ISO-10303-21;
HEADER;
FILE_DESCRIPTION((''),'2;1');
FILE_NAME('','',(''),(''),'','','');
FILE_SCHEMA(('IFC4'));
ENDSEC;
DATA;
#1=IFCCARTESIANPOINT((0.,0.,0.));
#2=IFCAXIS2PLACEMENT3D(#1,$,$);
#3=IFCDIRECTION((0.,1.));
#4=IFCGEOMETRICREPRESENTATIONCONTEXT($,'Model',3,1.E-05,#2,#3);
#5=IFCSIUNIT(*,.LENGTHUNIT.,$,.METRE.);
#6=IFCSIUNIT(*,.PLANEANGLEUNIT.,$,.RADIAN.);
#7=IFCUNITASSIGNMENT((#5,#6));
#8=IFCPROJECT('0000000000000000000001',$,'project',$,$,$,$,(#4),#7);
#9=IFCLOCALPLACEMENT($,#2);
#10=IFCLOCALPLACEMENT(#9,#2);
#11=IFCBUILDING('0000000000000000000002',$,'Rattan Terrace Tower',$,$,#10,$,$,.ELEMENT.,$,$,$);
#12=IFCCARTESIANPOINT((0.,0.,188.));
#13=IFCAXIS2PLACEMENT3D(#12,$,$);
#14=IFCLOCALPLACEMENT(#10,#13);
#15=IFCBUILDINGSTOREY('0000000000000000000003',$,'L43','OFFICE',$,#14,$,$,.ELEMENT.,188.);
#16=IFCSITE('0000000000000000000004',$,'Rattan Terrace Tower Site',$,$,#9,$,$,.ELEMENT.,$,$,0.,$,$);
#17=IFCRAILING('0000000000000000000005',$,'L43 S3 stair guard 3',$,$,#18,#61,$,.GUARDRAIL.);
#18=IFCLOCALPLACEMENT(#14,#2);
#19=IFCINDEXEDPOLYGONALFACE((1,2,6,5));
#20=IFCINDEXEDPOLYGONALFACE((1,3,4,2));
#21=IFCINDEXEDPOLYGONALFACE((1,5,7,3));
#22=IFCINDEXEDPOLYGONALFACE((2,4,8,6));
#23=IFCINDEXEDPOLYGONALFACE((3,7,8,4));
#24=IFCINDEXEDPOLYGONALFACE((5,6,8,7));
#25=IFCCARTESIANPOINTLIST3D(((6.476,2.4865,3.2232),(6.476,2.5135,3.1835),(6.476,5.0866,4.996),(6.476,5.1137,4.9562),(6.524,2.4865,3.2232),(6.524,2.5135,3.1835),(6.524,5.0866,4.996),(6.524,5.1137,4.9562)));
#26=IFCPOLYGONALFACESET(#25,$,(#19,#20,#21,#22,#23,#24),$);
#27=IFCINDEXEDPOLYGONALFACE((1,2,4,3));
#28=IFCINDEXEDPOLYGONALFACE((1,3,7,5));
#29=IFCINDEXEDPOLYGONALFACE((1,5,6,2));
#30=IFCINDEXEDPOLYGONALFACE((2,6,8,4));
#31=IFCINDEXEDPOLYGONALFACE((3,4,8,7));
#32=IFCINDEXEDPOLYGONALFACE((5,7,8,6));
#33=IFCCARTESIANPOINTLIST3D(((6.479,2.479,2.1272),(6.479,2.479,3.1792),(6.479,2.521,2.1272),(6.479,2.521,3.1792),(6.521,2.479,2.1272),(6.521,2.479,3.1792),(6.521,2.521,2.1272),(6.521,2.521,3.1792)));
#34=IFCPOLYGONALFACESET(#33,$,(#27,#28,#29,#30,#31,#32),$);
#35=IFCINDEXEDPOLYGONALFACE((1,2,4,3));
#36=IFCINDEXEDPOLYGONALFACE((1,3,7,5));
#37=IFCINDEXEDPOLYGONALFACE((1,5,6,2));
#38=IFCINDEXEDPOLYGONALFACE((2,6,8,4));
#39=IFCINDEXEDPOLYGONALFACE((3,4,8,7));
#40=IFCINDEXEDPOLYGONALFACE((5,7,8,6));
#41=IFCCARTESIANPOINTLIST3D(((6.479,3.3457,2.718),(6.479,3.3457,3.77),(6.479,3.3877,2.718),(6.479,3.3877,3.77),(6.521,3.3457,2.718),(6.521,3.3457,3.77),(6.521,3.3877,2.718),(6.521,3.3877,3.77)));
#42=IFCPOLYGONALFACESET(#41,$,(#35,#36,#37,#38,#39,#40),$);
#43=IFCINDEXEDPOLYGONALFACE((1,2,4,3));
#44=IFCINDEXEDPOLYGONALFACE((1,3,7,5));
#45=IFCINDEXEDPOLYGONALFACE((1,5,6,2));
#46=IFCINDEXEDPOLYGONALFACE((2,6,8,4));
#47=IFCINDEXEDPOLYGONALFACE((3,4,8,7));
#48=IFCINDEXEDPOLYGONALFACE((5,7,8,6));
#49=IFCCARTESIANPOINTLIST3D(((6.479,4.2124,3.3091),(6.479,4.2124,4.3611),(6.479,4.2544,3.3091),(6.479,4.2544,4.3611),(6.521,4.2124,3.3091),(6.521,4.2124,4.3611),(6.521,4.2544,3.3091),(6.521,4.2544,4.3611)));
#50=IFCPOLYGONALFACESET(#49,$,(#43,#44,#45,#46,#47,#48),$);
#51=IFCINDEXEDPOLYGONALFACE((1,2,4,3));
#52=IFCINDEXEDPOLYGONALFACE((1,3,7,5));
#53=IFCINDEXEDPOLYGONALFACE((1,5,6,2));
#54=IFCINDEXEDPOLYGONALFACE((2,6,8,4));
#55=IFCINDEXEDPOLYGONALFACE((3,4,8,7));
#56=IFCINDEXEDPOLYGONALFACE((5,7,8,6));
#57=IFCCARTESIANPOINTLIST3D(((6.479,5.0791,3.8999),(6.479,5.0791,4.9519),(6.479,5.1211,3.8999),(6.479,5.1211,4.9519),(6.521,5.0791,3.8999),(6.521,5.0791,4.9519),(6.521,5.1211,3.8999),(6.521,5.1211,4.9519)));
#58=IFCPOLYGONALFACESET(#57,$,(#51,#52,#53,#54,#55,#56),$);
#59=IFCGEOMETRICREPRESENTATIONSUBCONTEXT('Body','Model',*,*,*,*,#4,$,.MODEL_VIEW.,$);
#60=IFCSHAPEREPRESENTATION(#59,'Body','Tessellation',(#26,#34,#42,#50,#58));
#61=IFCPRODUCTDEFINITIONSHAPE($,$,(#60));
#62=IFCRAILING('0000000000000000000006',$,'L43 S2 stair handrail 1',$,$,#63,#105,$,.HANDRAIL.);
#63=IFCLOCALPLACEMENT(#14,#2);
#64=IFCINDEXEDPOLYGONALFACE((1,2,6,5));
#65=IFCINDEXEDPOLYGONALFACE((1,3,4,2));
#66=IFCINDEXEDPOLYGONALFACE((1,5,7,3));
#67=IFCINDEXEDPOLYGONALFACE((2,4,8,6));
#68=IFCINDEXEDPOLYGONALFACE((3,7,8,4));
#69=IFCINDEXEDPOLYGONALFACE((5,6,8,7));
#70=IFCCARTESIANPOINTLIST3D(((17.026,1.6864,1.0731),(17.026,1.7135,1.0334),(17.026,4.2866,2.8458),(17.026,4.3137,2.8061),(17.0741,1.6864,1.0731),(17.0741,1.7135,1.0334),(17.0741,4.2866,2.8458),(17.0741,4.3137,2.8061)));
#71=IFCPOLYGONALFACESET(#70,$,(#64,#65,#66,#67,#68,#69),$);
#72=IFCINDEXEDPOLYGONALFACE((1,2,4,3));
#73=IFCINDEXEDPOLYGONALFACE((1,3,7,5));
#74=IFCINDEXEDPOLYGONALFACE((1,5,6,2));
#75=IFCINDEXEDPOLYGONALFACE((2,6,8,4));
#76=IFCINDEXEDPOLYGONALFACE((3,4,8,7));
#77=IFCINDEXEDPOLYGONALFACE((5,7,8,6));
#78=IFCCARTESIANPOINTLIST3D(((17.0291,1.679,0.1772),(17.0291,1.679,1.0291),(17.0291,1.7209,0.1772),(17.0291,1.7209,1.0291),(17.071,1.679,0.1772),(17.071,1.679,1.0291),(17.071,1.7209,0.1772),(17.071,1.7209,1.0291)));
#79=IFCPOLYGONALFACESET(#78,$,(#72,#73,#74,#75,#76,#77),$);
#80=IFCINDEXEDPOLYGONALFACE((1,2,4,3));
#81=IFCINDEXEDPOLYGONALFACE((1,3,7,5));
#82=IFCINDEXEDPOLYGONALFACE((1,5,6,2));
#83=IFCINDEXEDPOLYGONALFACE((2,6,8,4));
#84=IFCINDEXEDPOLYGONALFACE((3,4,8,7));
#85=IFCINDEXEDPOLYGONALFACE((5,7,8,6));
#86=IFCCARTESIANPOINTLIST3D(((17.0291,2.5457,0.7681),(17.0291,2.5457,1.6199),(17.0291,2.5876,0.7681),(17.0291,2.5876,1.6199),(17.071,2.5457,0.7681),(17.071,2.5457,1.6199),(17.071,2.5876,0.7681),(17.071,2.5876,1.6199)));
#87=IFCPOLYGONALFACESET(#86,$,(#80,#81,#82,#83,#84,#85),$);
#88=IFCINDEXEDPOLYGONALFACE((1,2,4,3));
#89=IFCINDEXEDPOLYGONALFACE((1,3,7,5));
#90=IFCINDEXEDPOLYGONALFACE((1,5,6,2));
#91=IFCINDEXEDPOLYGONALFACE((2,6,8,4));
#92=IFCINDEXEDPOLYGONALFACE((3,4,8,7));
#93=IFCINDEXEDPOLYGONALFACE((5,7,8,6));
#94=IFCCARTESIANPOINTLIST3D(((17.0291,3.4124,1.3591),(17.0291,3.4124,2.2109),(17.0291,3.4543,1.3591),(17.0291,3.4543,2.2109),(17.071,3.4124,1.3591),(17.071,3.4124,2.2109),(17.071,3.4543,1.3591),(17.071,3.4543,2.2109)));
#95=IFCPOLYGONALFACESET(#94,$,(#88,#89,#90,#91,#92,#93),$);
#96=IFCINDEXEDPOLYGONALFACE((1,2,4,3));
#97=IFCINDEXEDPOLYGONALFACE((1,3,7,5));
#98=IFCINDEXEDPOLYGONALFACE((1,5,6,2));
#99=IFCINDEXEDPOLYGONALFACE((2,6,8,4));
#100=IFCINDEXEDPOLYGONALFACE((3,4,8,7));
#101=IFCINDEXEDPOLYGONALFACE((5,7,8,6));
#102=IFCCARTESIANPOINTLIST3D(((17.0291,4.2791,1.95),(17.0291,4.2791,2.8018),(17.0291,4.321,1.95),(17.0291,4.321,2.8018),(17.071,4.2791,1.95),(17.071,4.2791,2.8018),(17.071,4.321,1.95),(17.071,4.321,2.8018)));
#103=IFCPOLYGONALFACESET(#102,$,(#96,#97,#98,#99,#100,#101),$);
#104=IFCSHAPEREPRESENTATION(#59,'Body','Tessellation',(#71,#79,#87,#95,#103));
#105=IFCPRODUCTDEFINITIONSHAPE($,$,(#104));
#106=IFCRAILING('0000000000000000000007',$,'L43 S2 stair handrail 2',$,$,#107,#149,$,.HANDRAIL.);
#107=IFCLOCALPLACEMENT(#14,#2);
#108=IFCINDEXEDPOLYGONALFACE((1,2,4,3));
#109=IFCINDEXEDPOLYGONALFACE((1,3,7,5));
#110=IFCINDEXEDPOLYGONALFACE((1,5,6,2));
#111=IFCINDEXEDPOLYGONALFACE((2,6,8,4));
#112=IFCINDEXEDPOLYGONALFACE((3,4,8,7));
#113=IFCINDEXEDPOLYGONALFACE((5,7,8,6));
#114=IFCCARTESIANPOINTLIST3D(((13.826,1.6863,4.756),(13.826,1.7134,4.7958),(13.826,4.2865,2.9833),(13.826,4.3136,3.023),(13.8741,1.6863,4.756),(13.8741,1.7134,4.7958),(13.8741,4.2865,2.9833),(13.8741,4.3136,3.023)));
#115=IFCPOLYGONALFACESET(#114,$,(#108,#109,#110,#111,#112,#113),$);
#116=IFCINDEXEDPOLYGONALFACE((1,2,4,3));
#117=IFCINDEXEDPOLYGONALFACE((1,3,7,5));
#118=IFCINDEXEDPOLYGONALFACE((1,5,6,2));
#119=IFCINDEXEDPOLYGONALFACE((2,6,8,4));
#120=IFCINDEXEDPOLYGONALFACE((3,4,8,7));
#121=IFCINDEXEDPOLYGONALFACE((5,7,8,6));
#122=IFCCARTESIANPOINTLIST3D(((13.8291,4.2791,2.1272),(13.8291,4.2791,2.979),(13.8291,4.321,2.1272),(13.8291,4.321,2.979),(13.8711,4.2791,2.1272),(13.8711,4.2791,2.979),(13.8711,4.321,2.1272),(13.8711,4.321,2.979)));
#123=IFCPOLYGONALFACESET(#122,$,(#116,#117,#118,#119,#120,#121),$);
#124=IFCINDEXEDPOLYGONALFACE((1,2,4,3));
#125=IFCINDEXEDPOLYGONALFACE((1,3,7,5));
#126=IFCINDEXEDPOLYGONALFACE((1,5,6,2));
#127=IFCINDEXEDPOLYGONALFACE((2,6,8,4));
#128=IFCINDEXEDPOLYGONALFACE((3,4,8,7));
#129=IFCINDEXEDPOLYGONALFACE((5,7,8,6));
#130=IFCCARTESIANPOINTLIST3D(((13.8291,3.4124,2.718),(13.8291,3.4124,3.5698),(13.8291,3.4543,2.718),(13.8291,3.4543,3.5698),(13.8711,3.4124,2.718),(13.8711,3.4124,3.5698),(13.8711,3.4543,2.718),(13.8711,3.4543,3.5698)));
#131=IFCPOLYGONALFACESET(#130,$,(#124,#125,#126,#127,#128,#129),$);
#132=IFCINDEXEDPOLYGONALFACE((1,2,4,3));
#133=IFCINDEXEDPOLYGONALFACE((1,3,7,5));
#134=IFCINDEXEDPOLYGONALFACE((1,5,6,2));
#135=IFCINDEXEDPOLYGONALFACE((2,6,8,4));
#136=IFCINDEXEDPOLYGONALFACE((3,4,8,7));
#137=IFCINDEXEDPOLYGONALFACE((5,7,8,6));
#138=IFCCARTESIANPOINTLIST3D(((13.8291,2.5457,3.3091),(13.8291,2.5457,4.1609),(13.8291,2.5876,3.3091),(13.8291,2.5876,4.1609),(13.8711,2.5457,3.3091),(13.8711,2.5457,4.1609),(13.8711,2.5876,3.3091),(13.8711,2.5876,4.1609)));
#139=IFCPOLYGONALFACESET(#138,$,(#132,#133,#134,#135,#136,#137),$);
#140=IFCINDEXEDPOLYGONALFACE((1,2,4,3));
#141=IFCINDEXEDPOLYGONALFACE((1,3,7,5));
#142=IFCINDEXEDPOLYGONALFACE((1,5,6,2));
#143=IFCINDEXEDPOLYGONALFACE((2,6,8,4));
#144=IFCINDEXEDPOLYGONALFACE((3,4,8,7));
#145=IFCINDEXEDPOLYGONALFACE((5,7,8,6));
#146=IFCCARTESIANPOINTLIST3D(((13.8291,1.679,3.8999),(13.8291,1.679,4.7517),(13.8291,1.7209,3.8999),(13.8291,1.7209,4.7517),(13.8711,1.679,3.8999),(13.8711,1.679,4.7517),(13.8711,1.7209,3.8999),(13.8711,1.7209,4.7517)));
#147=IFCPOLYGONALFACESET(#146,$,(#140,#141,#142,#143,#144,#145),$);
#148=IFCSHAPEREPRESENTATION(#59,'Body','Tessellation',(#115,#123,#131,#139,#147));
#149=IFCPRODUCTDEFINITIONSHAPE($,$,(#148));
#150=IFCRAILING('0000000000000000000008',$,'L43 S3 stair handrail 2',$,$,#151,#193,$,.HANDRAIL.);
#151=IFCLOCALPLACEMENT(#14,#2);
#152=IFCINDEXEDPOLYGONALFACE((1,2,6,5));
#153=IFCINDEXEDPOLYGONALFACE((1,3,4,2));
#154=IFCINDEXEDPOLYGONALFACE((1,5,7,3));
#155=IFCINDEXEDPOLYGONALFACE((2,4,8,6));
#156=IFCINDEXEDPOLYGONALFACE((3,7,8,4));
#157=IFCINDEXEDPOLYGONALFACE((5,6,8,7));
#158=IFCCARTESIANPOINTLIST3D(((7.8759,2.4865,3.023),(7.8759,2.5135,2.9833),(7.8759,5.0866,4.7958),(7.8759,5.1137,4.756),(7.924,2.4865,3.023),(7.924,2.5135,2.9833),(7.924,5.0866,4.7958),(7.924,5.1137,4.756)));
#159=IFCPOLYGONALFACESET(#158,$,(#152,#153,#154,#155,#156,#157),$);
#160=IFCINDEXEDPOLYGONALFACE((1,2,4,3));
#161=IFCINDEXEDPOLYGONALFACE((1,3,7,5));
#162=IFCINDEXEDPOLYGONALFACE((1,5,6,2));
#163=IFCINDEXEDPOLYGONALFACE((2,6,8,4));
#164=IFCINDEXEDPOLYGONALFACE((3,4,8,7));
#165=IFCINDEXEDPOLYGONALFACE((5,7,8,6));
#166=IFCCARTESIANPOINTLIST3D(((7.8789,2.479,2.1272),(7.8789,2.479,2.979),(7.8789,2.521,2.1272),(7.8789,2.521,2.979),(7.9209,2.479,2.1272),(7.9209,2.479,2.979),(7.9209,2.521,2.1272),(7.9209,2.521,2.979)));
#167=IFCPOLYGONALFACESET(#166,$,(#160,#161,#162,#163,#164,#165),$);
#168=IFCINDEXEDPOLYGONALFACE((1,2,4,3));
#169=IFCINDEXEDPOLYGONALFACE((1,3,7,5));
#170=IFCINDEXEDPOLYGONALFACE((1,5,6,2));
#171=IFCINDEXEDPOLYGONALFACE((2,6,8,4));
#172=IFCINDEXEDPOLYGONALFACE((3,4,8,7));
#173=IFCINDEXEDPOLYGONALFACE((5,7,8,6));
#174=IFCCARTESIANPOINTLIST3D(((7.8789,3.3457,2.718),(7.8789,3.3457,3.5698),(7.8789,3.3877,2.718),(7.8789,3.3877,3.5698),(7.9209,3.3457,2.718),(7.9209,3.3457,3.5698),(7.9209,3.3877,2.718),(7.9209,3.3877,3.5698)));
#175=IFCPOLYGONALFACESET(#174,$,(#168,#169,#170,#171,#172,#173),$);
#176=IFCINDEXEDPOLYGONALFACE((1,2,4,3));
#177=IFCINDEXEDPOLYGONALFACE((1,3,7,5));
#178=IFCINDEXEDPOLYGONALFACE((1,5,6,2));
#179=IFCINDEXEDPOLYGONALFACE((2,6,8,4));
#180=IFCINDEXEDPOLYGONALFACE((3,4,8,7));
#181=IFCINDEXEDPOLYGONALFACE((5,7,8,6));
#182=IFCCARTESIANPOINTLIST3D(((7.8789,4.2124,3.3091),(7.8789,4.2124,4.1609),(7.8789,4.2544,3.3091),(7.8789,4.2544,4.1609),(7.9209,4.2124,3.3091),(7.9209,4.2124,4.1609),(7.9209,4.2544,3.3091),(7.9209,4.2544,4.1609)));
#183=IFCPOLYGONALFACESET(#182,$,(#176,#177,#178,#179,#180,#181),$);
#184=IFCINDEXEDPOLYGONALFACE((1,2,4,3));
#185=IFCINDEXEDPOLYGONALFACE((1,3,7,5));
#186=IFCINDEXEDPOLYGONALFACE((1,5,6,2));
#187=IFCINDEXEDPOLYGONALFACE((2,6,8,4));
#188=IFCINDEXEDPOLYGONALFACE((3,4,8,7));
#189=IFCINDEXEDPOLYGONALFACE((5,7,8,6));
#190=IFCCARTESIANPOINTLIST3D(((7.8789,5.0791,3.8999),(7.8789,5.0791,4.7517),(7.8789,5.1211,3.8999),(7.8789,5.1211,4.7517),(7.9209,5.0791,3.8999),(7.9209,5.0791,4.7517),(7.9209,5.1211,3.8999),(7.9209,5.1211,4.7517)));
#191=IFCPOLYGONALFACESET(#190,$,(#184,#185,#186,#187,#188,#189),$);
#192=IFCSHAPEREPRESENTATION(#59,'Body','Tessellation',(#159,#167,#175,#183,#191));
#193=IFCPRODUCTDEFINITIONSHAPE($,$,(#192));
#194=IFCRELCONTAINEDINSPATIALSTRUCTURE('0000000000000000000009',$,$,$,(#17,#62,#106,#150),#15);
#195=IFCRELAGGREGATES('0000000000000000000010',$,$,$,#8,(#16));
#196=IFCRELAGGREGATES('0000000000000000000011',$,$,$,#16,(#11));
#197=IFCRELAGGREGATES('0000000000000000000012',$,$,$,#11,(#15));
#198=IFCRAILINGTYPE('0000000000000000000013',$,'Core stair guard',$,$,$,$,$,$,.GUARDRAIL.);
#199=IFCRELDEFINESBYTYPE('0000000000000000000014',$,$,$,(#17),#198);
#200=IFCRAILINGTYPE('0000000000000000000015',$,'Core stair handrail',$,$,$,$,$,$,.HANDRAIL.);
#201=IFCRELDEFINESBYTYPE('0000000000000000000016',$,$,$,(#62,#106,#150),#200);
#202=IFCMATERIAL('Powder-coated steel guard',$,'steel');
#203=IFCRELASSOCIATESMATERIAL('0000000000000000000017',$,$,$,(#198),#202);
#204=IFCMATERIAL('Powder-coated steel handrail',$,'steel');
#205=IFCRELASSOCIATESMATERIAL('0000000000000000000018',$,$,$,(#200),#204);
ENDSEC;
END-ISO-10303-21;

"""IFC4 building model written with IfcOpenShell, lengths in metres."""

from ifc_helpers import new_model, si_unit, direction, frame, origin, origin_2d, place, context, subcontext, project, spatial, rectangle, extrude, material, type_object, element, save


model = new_model("IFC4")

# Units and contexts
model_context = context("Model", 3, precision=1e-05, world=origin(), true_north=direction((0.0, 1.0)))
body_context = subcontext(model_context, "Body", "Model", "MODEL_VIEW")
ifc_project = project(units=[si_unit("LENGTHUNIT", "METRE"), si_unit("PLANEANGLEUNIT", "RADIAN")], contexts=[model_context])

# Site, building, storey
site_placement = place(None, origin())
site = spatial("IfcSite", under=ifc_project, at=site_placement, Name="Rattan Terrace Tower Site", CompositionType="ELEMENT", RefElevation=0.0)
building_placement = place(site_placement, origin())
building = spatial("IfcBuilding", under=site, at=building_placement, Name="Rattan Terrace Tower", CompositionType="ELEMENT")
storey_placement = place(building_placement, frame((0.0, 0.0, 188.0)))
storey = spatial("IfcBuildingStorey", under=building, at=storey_placement, Name="L43", Description="OFFICE", CompositionType="ELEMENT", Elevation=188.0)

# Railings
ifc_material_1 = material(Name="Powder-coated steel guard", Category="steel")
railing_type_1 = type_object("IfcRailingType", Name="Core stair guard", PredefinedType="GUARDRAIL", material=ifc_material_1)
railing_1_placement = place(storey_placement, frame((6.5, 2.5, 2.1272)))
element("IfcRailing", 1, at=railing_1_placement, inside=storey, type_object=railing_type_1, Name="L43 S3 stair guard 3", PredefinedType="GUARDRAIL", context=body_context, shape_type="SweptSolid", body=[
    extrude(rectangle(XDim=0.0481, YDim=0.0481, at=origin_2d()), frame((0.0, 0.0, 1.0762), z_axis=(0.0, 0.82624, 0.563318), x_axis=(-1.0, 0.0, 0.0)), (0.0, 0.0, 1.0), 3.147),
    extrude(rectangle(XDim=0.042, YDim=0.042, at=origin_2d()), origin(), (0.0, 0.0, 1.0), 1.052),
    extrude(rectangle(XDim=0.042, YDim=0.042, at=origin_2d()), frame((0.0, 0.8667, 0.5908)), (0.0, 0.0, 1.0), 1.052),
    extrude(rectangle(XDim=0.042, YDim=0.042, at=origin_2d()), frame((0.0, 1.7334, 1.1819)), (0.0, 0.0, 1.0), 1.052),
    extrude(rectangle(XDim=0.042, YDim=0.042, at=origin_2d()), frame((0.0, 2.6001, 1.7727)), (0.0, 0.0, 1.0), 1.052),
])
ifc_material_2 = material(Name="Powder-coated steel handrail", Category="steel")
railing_type_2 = type_object("IfcRailingType", Name="Core stair handrail", PredefinedType="HANDRAIL", material=ifc_material_2)
railing_2_placement = place(storey_placement, frame((17.05, 1.7, 0.1772)))
element("IfcRailing", 2, at=railing_2_placement, inside=storey, type_object=railing_type_2, Name="L43 S2 stair handrail 1", PredefinedType="HANDRAIL", context=body_context, shape_type="SweptSolid", body=[
    extrude(rectangle(XDim=0.0481, YDim=0.0481, at=origin_2d()), frame((0.0, 0.0, 0.876), z_axis=(0.0, 0.82624, 0.563318), x_axis=(-1.0, 0.0, 0.0)), (0.0, 0.0, 1.0), 3.147),
    extrude(rectangle(XDim=0.042, YDim=0.042, at=origin_2d()), origin(), (0.0, 0.0, 1.0), 0.8518),
    extrude(rectangle(XDim=0.042, YDim=0.042, at=origin_2d()), frame((0.0, 0.8667, 0.5908)), (0.0, 0.0, 1.0), 0.8518),
    extrude(rectangle(XDim=0.042, YDim=0.042, at=origin_2d()), frame((0.0, 1.7334, 1.1819)), (0.0, 0.0, 1.0), 0.8518),
    extrude(rectangle(XDim=0.042, YDim=0.042, at=origin_2d()), frame((0.0, 2.6001, 1.7727)), (0.0, 0.0, 1.0), 0.8518),
])
railing_3_placement = place(storey_placement, frame((13.8501, 4.3, 2.1272)))
element("IfcRailing", 3, at=railing_3_placement, inside=storey, type_object=railing_type_2, Name="L43 S2 stair handrail 2", PredefinedType="HANDRAIL", context=body_context, shape_type="SweptSolid", body=[
    extrude(rectangle(XDim=0.0481, YDim=0.0481, at=origin_2d()), frame((0.0, 0.0, 0.876), z_axis=(0.0, -0.82624, 0.563318), x_axis=(1.0, 0.0, 0.0)), (0.0, 0.0, 1.0), 3.147),
    extrude(rectangle(XDim=0.042, YDim=0.042, at=origin_2d()), origin(), (0.0, 0.0, 1.0), 0.8518),
    extrude(rectangle(XDim=0.042, YDim=0.042, at=origin_2d()), frame((0.0, -0.8667, 0.5908)), (0.0, 0.0, 1.0), 0.8518),
    extrude(rectangle(XDim=0.042, YDim=0.042, at=origin_2d()), frame((0.0, -1.7334, 1.1819)), (0.0, 0.0, 1.0), 0.8518),
    extrude(rectangle(XDim=0.042, YDim=0.042, at=origin_2d()), frame((0.0, -2.6001, 1.7727)), (0.0, 0.0, 1.0), 0.8518),
])
railing_4_placement = place(storey_placement, frame((7.8999, 2.5, 2.1272)))
element("IfcRailing", 4, at=railing_4_placement, inside=storey, type_object=railing_type_2, Name="L43 S3 stair handrail 2", PredefinedType="HANDRAIL", context=body_context, shape_type="SweptSolid", body=[
    extrude(rectangle(XDim=0.0481, YDim=0.0481, at=origin_2d()), frame((0.0, 0.0, 0.876), z_axis=(0.0, 0.82624, 0.563318), x_axis=(-1.0, 0.0, 0.0)), (0.0, 0.0, 1.0), 3.147),
    extrude(rectangle(XDim=0.042, YDim=0.042, at=origin_2d()), origin(), (0.0, 0.0, 1.0), 0.8518),
    extrude(rectangle(XDim=0.042, YDim=0.042, at=origin_2d()), frame((0.0, 0.8667, 0.5908)), (0.0, 0.0, 1.0), 0.8518),
    extrude(rectangle(XDim=0.042, YDim=0.042, at=origin_2d()), frame((0.0, 1.7334, 1.1819)), (0.0, 0.0, 1.0), 0.8518),
    extrude(rectangle(XDim=0.042, YDim=0.042, at=origin_2d()), frame((0.0, 2.6001, 1.7727)), (0.0, 0.0, 1.0), 0.8518),
])

save(model, "model.ifc")
